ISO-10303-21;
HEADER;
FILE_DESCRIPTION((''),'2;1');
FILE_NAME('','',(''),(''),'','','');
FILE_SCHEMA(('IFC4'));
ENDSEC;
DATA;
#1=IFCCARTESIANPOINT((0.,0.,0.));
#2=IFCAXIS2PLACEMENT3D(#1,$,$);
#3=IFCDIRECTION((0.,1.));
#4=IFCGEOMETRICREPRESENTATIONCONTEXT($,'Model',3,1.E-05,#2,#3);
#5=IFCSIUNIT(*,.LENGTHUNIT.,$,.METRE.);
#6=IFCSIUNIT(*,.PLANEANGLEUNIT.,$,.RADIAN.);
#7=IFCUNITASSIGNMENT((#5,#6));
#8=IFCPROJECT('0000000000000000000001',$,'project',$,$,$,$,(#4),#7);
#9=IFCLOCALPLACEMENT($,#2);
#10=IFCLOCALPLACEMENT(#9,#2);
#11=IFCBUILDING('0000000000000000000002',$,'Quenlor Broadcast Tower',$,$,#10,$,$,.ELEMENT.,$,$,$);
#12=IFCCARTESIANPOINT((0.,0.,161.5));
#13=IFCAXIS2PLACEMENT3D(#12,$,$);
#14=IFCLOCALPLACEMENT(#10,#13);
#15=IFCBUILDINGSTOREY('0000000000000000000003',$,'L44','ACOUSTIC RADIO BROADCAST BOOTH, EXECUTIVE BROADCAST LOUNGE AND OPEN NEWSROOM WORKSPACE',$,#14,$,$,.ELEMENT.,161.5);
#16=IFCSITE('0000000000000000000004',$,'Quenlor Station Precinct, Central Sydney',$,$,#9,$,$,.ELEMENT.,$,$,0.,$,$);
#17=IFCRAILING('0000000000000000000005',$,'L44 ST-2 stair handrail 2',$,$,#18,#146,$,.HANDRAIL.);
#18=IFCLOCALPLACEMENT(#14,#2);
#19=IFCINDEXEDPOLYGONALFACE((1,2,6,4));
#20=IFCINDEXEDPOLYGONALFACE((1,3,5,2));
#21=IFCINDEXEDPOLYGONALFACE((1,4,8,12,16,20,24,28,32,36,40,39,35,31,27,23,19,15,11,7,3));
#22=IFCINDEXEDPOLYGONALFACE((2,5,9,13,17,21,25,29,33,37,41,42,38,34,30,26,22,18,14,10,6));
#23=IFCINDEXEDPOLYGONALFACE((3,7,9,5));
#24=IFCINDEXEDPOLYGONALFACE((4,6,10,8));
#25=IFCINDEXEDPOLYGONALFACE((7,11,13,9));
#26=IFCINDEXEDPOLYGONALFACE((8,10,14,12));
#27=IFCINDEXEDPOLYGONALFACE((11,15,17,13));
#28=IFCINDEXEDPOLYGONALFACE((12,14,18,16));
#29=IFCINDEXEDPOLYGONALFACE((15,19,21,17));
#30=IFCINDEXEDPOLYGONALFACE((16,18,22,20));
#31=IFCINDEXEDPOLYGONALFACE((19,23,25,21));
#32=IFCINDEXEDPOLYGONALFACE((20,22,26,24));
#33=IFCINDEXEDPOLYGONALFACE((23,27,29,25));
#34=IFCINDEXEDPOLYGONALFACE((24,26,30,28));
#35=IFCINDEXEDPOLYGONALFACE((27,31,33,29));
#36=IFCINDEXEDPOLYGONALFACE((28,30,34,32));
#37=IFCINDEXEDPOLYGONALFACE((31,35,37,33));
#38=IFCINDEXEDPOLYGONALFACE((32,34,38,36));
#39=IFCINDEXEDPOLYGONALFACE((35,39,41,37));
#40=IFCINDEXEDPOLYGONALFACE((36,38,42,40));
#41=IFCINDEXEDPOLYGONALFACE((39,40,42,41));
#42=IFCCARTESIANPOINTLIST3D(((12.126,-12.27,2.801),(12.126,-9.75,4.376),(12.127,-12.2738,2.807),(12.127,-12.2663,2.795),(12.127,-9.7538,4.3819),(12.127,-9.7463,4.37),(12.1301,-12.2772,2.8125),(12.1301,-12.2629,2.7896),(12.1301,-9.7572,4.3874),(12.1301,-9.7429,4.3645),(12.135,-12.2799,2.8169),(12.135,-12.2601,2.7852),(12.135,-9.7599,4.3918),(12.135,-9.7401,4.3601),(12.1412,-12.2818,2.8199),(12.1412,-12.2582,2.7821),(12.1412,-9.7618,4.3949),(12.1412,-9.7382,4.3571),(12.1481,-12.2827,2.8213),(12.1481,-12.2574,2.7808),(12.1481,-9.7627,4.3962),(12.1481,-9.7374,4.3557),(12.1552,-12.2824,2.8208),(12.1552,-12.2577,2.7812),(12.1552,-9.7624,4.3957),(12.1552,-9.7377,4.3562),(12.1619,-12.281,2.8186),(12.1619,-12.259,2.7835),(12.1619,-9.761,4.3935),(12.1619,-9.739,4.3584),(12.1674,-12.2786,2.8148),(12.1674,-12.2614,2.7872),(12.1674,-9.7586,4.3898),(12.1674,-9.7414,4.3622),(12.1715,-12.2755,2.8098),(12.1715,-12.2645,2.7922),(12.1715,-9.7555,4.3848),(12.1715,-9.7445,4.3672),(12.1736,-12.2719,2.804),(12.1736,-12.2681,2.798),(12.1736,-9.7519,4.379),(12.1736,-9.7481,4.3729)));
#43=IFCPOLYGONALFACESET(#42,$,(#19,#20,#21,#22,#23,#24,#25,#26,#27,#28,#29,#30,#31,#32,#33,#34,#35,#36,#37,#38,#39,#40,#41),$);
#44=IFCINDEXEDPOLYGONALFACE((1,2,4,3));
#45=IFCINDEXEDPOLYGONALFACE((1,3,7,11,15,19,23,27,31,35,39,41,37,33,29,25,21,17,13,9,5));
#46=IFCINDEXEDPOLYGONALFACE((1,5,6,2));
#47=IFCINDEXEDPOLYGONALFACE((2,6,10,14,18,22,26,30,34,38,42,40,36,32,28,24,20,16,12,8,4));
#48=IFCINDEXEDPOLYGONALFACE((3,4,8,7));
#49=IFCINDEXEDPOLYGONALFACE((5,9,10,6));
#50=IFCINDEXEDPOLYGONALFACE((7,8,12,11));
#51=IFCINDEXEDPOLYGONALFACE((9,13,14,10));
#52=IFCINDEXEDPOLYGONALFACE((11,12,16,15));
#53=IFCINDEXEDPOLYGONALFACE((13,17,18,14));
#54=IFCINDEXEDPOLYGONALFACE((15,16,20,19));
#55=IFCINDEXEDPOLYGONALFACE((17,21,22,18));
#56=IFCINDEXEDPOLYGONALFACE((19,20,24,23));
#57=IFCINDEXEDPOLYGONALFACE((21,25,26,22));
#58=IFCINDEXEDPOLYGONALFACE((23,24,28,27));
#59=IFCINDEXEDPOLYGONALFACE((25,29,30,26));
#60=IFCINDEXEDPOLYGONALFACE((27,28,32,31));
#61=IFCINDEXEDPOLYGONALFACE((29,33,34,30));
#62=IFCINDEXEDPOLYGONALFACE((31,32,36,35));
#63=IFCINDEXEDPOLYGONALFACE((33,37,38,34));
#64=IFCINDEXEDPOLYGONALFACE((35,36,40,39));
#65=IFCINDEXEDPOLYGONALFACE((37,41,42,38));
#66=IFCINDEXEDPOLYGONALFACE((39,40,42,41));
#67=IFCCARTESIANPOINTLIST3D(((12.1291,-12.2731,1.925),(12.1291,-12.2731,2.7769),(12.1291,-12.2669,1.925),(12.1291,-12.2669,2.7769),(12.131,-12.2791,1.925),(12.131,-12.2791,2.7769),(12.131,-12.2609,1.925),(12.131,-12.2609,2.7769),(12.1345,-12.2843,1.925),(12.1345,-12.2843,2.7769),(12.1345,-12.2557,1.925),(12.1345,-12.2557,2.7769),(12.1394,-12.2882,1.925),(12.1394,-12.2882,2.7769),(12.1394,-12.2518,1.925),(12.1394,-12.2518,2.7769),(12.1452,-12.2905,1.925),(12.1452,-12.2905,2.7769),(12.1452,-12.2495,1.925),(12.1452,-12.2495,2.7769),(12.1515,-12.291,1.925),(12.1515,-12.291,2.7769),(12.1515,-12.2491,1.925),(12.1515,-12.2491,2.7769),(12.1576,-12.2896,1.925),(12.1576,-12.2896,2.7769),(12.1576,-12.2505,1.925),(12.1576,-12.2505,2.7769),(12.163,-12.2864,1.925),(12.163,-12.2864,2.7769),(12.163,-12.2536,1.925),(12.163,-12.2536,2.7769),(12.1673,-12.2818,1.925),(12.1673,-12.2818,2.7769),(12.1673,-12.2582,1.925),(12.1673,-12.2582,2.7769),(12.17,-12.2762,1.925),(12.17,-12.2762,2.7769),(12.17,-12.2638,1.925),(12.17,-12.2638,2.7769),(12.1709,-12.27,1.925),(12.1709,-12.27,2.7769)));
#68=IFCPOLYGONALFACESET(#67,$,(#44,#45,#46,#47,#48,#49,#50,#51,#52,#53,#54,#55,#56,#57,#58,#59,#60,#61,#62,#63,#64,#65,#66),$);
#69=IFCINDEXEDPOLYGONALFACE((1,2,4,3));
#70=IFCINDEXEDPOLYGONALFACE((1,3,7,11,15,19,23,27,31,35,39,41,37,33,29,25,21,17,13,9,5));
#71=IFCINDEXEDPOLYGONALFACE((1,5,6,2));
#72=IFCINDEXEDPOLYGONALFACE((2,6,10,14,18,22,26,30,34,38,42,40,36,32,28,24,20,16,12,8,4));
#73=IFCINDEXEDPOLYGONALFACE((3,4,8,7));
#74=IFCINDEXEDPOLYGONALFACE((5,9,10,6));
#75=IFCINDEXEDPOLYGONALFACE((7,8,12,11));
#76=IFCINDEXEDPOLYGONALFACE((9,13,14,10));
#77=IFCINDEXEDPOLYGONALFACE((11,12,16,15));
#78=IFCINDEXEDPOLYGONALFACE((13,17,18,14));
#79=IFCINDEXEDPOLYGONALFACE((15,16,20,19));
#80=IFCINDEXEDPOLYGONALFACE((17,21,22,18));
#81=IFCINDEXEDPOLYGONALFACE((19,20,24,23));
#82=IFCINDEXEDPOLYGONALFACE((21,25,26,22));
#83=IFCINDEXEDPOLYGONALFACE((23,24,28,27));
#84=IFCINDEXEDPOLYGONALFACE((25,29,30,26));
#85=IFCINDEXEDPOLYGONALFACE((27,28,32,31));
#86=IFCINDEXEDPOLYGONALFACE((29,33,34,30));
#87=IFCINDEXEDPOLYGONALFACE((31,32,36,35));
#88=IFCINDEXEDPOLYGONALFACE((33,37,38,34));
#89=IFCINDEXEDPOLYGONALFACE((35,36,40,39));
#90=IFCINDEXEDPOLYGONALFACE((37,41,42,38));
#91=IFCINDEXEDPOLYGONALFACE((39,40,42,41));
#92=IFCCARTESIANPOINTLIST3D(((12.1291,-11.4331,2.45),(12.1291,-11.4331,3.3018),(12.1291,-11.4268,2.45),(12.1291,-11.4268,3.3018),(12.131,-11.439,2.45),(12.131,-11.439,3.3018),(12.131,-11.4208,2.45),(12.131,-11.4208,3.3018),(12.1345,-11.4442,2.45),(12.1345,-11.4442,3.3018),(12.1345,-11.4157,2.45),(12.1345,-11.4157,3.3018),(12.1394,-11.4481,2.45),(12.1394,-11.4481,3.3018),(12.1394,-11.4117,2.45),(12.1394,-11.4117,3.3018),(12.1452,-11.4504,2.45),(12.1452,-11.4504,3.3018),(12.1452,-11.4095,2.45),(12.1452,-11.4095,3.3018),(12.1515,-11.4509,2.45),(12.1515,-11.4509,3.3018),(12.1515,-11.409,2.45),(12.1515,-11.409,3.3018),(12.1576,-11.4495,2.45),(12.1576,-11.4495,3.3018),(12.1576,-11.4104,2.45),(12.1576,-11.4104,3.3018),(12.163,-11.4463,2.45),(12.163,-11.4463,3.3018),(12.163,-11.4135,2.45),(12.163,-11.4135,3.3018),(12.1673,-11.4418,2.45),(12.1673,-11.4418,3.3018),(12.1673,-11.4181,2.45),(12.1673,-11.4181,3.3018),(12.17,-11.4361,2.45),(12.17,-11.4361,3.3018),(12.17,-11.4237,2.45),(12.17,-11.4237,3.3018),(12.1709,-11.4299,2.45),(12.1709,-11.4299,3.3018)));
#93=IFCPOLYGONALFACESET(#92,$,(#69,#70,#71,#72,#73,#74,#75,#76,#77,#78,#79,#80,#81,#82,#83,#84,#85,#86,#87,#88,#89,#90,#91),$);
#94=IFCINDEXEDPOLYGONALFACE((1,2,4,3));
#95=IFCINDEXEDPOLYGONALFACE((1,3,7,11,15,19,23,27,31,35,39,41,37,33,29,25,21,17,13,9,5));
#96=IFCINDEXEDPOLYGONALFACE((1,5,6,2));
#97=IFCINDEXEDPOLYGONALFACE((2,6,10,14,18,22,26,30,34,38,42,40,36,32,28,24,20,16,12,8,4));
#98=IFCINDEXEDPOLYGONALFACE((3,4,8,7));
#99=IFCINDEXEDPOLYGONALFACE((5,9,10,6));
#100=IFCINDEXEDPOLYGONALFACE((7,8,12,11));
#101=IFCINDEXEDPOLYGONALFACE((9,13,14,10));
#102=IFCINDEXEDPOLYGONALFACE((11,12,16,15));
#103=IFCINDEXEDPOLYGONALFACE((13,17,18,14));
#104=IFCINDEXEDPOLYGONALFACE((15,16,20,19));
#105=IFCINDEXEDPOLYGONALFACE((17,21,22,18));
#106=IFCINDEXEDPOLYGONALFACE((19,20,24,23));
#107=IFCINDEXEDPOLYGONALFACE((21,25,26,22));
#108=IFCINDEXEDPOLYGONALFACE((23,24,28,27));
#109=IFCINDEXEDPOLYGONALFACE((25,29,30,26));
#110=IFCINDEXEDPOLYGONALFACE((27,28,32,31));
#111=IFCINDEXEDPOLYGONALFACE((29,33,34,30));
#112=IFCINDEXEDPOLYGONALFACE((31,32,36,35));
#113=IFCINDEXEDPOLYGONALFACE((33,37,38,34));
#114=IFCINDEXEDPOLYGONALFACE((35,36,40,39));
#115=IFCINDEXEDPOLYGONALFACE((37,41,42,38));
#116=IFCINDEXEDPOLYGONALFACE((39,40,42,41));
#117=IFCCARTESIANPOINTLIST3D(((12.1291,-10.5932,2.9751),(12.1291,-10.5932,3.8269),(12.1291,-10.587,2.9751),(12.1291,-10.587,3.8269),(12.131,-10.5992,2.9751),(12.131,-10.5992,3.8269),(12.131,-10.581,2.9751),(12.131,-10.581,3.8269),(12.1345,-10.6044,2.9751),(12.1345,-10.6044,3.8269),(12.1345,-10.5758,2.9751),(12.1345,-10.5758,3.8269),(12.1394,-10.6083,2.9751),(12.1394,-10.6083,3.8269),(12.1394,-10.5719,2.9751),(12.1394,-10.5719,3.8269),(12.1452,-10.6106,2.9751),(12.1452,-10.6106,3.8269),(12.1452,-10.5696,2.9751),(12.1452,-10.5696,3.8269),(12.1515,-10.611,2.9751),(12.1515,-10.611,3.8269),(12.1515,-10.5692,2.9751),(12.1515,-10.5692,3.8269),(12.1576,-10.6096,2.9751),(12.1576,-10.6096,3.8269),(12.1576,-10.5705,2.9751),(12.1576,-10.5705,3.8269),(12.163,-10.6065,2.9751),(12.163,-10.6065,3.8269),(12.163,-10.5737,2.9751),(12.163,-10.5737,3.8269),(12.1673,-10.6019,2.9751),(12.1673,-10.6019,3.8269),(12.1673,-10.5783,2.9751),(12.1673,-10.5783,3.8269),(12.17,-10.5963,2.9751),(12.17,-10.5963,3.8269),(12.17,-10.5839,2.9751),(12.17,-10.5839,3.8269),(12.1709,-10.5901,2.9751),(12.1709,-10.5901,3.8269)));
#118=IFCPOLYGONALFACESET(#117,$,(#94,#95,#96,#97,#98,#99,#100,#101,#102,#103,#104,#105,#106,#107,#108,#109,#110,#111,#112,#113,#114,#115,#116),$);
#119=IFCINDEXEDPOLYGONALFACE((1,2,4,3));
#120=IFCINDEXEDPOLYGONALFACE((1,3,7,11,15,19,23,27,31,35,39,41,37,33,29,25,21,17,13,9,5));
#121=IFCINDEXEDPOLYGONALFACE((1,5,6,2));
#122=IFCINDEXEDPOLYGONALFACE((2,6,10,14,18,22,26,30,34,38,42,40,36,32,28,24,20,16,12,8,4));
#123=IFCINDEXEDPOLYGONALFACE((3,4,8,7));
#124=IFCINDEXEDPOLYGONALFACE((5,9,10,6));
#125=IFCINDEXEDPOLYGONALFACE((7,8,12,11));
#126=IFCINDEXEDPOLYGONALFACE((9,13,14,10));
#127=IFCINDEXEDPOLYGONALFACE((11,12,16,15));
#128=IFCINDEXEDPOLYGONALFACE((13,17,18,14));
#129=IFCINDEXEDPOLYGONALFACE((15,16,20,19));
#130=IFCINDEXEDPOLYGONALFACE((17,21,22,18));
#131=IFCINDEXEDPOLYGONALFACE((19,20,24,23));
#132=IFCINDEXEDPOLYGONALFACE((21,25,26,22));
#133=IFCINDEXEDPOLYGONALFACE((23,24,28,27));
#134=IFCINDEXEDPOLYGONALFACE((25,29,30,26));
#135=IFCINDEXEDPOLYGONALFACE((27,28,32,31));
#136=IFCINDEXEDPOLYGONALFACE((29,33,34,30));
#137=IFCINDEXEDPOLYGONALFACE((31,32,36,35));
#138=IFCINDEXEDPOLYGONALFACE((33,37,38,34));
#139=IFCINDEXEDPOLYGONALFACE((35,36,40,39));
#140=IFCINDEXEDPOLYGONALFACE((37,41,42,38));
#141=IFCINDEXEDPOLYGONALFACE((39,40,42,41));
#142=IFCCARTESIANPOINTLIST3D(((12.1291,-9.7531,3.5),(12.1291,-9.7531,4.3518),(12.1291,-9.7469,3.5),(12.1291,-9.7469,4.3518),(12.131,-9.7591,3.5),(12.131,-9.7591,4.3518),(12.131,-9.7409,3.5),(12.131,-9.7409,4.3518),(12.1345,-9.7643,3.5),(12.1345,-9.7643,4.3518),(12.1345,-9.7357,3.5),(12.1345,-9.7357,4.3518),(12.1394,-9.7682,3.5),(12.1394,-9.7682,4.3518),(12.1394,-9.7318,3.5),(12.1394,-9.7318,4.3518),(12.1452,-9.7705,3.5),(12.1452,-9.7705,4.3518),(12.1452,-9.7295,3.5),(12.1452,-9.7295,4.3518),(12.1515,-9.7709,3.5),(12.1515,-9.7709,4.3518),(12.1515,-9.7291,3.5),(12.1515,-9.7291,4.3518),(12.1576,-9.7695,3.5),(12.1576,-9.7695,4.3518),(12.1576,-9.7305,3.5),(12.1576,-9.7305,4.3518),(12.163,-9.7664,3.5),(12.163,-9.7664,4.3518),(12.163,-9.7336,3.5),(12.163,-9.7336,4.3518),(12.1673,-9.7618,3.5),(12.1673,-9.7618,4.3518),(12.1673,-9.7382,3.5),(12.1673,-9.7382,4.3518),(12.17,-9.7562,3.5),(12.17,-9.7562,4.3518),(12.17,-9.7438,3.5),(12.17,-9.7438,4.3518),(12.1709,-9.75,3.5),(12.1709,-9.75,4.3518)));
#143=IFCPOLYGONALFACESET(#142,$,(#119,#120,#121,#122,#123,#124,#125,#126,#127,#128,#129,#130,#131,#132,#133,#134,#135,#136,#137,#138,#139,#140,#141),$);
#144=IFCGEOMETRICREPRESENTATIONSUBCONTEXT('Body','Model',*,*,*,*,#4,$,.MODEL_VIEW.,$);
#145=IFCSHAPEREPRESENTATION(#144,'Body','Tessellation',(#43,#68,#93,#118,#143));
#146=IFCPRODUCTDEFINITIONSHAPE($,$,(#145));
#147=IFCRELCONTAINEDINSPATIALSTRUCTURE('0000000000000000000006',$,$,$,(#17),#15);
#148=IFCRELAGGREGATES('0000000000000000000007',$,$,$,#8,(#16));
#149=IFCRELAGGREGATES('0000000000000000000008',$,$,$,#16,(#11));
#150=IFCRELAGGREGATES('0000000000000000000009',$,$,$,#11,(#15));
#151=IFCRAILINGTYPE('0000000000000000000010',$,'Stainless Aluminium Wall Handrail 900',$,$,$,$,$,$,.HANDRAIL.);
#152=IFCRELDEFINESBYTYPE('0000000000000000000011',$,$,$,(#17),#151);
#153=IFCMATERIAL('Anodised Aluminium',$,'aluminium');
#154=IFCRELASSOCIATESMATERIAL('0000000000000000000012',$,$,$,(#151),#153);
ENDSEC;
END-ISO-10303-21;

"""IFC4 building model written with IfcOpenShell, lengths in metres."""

from ifc_helpers import new_model, si_unit, direction, frame, origin, origin_2d, place, context, subcontext, project, spatial, circle, extrude, material, type_object, element, save


model = new_model("IFC4")

# Units and contexts
model_context = context("Model", 3, precision=1e-05, world=origin(), true_north=direction((0.0, 1.0)))
body_context = subcontext(model_context, "Body", "Model", "MODEL_VIEW")
ifc_project = project(units=[si_unit("LENGTHUNIT", "METRE"), si_unit("PLANEANGLEUNIT", "RADIAN")], contexts=[model_context])

# Site, building, storey
site_placement = place(None, origin())
site = spatial("IfcSite", under=ifc_project, at=site_placement, Name="Quenlor Station Precinct, Central Sydney", CompositionType="ELEMENT", RefElevation=0.0)
building_placement = place(site_placement, origin())
building = spatial("IfcBuilding", under=site, at=building_placement, Name="Quenlor Broadcast Tower", CompositionType="ELEMENT")
storey_placement = place(building_placement, frame((0.0, 0.0, 161.5)))
storey = spatial("IfcBuildingStorey", under=building, at=storey_placement, Name="L44", Description="ACOUSTIC RADIO BROADCAST BOOTH, EXECUTIVE BROADCAST LOUNGE AND OPEN NEWSROOM WORKSPACE", CompositionType="ELEMENT", Elevation=161.5)

# Railing
ifc_material_1 = material(Name="Anodised Aluminium", Category="aluminium")
railing_type_1 = type_object("IfcRailingType", Name="Stainless Aluminium Wall Handrail 900", PredefinedType="HANDRAIL", material=ifc_material_1)
railing_1_placement = place(storey_placement, frame((12.1499, -12.27, 1.925)))
element("IfcRailing", 1, at=railing_1_placement, inside=storey, type_object=railing_type_1, Name="L44 ST-2 stair handrail 2", PredefinedType="HANDRAIL", context=body_context, shape_type="SweptSolid", body=[
    extrude(circle(Radius=0.0239, at=origin_2d()), frame((0.0, 0.0, 0.876), z_axis=(0.0, 0.848008, 0.529984), x_axis=(-1.0, 0.0, 0.0)), (0.0, 0.0, 1.0), 2.9717),
    extrude(circle(Radius=0.021, at=origin_2d()), origin(), (0.0, 0.0, 1.0), 0.8518),
    extrude(circle(Radius=0.021, at=origin_2d()), frame((0.0, 0.8401, 0.5249)), (0.0, 0.0, 1.0), 0.8518),
    extrude(circle(Radius=0.021, at=origin_2d()), frame((0.0, 1.6799, 1.05)), (0.0, 0.0, 1.0), 0.8518),
    extrude(circle(Radius=0.021, at=origin_2d()), frame((0.0, 2.52, 1.575)), (0.0, 0.0, 1.0), 0.8518),
])

save(model, "model.ifc")
